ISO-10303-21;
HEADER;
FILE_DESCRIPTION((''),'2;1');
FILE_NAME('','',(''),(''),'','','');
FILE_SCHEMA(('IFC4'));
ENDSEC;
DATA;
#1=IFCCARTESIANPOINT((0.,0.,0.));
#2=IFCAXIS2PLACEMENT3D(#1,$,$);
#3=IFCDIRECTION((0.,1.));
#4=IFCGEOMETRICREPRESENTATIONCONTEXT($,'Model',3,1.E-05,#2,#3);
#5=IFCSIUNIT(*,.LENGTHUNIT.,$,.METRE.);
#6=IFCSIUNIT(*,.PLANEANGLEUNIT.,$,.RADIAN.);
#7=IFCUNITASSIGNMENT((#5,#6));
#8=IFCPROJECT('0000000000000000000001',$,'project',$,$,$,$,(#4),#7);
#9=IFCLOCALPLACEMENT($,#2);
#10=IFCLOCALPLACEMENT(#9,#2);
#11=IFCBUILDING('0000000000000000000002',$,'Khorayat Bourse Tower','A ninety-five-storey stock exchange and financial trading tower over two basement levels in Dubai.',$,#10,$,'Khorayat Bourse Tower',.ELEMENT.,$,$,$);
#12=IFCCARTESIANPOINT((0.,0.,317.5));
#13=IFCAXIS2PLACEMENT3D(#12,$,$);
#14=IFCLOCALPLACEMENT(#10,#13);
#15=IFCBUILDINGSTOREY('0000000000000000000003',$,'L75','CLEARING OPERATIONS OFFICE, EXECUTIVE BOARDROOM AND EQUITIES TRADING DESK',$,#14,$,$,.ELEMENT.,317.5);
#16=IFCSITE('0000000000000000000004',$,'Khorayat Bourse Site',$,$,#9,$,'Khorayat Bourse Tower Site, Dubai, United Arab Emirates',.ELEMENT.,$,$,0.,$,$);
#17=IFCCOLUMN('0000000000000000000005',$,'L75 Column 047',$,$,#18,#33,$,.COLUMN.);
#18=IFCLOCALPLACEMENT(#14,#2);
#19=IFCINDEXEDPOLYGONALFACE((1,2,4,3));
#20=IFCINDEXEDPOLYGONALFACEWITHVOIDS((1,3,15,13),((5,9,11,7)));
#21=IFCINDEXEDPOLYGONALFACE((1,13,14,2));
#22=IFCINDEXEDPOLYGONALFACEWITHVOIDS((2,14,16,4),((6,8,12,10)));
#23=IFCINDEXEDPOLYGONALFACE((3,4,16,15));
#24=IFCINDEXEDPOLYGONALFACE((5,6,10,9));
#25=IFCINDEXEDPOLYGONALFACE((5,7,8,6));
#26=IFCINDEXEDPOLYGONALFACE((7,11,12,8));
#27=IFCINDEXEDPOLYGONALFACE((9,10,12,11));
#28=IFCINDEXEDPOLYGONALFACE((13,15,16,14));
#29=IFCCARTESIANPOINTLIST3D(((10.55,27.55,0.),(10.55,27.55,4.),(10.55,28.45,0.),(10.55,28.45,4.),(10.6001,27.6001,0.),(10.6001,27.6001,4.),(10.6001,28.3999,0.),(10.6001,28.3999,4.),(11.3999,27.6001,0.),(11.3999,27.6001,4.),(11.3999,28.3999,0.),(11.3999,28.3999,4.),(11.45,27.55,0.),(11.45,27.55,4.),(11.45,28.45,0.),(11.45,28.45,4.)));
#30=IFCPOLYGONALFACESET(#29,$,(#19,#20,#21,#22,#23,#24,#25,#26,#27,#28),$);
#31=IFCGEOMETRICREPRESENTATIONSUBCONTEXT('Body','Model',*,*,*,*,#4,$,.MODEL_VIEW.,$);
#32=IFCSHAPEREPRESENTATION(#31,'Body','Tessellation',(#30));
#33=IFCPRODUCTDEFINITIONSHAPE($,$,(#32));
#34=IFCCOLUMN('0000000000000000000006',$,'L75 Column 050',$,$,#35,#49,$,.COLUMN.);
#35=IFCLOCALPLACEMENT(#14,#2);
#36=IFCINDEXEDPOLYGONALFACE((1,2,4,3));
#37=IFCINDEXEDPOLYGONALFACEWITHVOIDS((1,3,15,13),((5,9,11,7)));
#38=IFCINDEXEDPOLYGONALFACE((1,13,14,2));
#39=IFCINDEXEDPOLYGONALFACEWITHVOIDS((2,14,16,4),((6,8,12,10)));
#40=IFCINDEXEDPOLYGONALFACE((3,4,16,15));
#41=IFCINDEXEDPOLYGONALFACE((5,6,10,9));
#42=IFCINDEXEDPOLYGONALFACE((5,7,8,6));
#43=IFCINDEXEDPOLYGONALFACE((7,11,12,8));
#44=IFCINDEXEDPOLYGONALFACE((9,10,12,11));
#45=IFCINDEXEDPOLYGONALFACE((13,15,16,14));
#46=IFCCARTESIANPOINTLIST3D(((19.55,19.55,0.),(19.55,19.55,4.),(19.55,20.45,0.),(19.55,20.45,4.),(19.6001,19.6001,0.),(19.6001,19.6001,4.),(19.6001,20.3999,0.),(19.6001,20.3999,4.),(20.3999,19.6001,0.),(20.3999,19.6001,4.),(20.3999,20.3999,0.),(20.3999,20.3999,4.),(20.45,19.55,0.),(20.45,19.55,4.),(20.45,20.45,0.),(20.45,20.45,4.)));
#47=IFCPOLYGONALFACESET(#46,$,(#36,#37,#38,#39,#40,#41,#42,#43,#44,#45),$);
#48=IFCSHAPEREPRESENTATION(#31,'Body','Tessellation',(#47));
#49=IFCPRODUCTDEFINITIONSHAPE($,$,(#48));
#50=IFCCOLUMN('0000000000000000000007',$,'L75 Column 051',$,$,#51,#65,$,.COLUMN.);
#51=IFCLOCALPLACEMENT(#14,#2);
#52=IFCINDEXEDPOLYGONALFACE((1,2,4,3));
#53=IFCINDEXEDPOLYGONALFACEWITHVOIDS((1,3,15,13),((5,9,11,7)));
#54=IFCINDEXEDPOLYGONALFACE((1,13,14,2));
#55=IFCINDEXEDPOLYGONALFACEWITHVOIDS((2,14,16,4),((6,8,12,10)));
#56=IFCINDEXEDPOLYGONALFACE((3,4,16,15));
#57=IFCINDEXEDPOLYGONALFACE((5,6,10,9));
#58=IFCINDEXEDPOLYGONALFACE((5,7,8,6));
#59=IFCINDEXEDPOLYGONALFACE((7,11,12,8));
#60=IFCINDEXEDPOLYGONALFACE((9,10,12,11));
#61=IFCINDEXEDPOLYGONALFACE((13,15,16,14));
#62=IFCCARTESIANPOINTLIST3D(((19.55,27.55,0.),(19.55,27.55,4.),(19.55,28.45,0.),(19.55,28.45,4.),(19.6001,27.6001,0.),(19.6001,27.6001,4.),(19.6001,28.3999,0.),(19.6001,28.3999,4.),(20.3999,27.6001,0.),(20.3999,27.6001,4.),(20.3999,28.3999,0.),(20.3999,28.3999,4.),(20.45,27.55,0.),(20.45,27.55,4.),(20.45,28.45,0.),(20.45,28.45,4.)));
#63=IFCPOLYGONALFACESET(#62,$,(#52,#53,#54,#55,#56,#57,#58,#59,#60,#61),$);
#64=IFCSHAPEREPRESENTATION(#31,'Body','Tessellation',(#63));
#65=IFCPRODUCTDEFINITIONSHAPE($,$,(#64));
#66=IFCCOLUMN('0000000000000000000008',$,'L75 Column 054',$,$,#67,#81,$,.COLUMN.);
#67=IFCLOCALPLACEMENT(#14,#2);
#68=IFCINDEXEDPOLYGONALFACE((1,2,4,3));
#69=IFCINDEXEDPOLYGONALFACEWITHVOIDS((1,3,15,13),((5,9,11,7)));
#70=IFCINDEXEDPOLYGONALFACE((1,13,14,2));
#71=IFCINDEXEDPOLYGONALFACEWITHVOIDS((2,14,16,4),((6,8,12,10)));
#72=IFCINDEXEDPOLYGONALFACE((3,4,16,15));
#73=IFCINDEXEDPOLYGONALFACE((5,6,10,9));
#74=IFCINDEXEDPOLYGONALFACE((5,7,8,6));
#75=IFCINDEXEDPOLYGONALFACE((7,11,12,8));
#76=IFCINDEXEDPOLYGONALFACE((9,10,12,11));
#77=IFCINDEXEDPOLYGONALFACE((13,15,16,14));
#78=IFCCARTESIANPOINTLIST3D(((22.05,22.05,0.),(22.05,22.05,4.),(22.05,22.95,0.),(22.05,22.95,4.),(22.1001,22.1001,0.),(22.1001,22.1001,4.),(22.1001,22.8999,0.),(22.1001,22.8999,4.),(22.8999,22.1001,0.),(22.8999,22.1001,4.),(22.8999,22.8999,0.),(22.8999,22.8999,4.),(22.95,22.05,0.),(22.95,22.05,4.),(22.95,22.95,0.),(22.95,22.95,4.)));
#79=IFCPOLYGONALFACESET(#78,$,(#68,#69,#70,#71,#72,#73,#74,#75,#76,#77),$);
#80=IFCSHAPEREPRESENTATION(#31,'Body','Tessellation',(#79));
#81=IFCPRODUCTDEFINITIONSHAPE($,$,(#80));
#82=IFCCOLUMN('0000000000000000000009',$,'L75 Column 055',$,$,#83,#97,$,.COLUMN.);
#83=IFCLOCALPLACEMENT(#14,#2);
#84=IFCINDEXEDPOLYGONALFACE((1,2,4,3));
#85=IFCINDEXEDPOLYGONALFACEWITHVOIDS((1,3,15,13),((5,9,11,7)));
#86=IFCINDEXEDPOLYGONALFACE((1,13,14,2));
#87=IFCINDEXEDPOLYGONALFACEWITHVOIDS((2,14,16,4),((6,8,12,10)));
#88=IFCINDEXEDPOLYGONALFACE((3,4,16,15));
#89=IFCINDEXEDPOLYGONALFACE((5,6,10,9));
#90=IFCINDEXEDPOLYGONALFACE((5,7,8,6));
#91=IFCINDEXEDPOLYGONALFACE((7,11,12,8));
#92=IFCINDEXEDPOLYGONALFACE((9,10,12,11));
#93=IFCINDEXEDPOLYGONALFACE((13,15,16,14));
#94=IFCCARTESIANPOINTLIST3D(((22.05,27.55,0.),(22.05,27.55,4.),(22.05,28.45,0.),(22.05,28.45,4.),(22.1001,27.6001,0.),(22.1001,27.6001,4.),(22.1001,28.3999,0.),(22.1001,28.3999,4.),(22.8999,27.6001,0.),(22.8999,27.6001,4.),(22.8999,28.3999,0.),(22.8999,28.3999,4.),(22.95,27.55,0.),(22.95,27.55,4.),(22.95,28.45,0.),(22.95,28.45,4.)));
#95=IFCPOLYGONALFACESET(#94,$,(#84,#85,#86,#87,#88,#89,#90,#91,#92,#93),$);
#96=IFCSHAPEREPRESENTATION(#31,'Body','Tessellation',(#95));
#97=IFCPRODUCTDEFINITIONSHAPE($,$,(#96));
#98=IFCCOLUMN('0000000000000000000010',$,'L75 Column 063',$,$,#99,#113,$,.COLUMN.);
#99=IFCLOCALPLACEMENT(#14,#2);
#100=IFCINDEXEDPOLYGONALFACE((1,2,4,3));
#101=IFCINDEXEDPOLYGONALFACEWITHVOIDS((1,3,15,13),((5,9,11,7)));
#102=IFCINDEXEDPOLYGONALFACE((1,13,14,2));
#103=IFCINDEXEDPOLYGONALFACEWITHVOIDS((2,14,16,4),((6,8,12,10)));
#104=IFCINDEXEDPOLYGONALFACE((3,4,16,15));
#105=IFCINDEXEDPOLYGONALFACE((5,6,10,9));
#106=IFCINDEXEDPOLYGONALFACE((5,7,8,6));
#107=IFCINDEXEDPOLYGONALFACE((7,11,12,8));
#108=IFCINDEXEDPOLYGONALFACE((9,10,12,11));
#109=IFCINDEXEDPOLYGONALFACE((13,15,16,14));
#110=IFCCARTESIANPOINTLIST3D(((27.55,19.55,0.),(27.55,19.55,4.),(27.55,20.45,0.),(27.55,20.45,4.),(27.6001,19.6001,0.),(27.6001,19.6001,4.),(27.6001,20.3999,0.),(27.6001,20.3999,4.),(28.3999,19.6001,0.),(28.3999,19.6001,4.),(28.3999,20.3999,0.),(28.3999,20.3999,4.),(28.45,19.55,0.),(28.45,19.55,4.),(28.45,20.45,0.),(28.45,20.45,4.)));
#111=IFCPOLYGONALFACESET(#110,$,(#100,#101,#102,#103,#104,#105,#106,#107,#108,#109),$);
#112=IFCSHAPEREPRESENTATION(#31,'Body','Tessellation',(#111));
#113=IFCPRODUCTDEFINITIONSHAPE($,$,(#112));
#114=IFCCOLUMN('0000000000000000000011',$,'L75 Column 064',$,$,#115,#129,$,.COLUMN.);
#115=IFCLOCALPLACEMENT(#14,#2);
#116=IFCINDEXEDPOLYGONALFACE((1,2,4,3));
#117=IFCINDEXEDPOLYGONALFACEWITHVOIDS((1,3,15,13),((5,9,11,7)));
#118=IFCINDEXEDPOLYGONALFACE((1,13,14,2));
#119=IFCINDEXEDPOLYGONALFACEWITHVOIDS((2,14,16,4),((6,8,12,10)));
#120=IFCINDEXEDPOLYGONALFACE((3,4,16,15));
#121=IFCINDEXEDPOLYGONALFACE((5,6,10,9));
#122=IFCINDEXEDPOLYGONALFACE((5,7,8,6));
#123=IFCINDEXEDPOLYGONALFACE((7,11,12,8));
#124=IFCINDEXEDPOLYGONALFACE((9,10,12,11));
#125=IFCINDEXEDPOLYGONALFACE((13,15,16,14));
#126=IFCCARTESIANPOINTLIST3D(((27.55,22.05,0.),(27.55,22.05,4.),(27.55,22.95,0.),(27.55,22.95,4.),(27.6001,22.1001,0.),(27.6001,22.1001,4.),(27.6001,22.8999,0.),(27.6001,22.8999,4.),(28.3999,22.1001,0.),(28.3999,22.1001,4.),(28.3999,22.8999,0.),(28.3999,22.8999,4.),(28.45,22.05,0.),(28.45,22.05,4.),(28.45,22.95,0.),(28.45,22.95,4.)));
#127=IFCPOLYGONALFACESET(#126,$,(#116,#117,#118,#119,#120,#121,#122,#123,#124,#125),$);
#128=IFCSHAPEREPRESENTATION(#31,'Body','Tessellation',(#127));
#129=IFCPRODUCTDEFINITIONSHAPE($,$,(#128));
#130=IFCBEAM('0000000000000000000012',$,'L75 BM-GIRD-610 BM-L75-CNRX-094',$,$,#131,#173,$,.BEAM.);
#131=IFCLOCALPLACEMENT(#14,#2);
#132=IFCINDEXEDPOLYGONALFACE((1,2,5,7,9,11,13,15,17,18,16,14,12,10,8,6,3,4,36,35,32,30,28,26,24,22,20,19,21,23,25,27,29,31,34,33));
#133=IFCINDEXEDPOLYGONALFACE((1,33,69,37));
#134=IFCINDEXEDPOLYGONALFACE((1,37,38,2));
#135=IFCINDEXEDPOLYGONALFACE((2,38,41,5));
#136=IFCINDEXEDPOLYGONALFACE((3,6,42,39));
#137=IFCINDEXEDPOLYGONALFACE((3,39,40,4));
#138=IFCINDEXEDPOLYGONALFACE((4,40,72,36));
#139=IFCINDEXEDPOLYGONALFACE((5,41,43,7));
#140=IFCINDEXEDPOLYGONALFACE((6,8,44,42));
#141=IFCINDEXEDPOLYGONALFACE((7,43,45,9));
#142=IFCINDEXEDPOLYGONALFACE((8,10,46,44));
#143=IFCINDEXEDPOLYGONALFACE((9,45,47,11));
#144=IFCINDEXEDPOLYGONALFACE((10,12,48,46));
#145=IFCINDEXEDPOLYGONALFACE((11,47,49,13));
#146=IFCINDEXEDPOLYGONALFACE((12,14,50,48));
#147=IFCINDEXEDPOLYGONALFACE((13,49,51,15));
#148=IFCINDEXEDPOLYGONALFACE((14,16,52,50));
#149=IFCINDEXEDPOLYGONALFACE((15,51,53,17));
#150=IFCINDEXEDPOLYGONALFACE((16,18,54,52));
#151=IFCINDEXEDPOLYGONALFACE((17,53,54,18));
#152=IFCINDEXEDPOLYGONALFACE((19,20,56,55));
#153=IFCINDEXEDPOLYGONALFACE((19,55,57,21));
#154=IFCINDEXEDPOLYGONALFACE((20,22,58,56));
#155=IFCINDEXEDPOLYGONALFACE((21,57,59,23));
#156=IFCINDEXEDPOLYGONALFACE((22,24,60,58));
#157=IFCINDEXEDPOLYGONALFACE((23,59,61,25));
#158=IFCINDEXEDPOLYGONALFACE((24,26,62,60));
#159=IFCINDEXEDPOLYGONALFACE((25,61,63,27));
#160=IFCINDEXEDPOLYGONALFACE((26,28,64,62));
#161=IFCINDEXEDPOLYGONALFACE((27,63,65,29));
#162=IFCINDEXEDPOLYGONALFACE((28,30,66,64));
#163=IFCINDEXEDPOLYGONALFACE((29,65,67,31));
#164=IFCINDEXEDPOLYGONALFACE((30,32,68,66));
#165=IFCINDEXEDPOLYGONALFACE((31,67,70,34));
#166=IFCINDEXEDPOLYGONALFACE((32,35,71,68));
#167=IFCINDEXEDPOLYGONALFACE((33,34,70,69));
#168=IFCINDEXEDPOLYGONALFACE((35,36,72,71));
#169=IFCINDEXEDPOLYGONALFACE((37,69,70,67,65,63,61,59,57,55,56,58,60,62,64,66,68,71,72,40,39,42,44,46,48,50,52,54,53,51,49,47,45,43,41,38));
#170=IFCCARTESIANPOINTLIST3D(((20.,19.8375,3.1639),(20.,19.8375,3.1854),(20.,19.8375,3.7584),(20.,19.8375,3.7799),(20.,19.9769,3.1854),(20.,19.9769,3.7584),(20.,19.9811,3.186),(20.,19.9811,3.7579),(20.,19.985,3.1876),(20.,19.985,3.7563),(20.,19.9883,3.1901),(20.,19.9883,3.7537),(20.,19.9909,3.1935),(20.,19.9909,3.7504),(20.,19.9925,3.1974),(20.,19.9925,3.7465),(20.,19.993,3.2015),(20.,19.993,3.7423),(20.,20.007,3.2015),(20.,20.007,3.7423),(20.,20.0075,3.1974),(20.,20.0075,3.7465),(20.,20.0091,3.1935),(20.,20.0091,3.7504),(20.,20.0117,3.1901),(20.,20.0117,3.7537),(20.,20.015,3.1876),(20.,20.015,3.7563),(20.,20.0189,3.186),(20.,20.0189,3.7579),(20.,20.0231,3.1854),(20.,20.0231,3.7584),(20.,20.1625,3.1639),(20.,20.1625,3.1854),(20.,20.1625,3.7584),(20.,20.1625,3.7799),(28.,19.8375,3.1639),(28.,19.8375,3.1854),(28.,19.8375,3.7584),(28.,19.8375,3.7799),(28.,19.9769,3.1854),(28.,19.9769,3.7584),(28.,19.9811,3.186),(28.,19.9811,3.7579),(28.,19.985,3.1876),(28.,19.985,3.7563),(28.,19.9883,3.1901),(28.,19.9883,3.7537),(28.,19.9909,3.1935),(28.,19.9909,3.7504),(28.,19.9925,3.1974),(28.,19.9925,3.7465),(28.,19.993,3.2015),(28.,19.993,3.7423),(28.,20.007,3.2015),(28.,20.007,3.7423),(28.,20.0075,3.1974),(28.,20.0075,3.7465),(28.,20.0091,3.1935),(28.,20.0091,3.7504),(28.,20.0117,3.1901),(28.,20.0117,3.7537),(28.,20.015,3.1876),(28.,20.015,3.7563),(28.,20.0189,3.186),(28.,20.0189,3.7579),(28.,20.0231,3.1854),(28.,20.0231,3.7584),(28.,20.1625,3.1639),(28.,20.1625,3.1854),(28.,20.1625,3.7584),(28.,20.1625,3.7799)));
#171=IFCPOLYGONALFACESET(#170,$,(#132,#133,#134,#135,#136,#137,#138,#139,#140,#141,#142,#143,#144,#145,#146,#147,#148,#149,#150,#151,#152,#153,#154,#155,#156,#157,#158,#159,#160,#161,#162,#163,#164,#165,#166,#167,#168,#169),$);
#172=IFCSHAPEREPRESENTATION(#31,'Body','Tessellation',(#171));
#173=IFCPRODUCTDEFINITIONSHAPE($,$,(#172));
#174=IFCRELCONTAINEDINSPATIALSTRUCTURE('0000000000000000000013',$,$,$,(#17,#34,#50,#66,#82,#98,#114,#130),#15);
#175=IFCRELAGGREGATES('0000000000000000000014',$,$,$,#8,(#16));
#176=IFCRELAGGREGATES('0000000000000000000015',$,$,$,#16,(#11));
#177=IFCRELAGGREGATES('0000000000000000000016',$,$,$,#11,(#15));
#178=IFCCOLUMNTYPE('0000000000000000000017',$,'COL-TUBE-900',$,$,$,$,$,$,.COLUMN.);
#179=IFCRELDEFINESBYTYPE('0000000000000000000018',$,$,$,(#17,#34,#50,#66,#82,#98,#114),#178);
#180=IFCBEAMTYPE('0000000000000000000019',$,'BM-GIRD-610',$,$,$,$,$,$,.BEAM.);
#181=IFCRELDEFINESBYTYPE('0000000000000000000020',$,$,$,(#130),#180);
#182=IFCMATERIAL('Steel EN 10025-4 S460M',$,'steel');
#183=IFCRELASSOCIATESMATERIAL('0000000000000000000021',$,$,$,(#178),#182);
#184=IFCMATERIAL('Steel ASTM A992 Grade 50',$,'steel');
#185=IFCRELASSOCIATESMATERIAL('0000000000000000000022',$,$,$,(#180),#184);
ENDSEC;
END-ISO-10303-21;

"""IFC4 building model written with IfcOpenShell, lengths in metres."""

from ifc_helpers import new_model, si_unit, direction, frame, origin, origin_2d, place, context, subcontext, project, spatial, hollow_rectangle, i_section, extrude, source, transform, mapped, material, material_profile, profile_set, type_object, element, save


model = new_model("IFC4")

# Units and contexts
model_context = context("Model", 3, precision=1e-05, world=origin(), true_north=direction((0.0, 1.0)))
body_context = subcontext(model_context, "Body", "Model", "MODEL_VIEW")
ifc_project = project(units=[si_unit("LENGTHUNIT", "METRE"), si_unit("PLANEANGLEUNIT", "RADIAN")], contexts=[model_context])

# Site, building, storey
site_placement = place(None, origin())
site = spatial("IfcSite", under=ifc_project, at=site_placement, Name="Khorayat Bourse Site", LongName="Khorayat Bourse Tower Site, Dubai, United Arab Emirates", CompositionType="ELEMENT", RefElevation=0.0)
building_placement = place(site_placement, origin())
building = spatial("IfcBuilding", under=site, at=building_placement, Name="Khorayat Bourse Tower", Description="A ninety-five-storey stock exchange and financial trading tower over two basement levels in Dubai.", LongName="Khorayat Bourse Tower", CompositionType="ELEMENT")
storey_placement = place(building_placement, frame((0.0, 0.0, 317.5)))
storey = spatial("IfcBuildingStorey", under=building, at=storey_placement, Name="L75", Description="CLEARING OPERATIONS OFFICE, EXECUTIVE BOARDROOM AND EQUITIES TRADING DESK", CompositionType="ELEMENT", Elevation=317.5)

# Columns
ifc_material_1 = material(Name="Steel EN 10025-4 S460M", Category="steel")
ifc_material_profile_1 = material_profile(ifc_material_1, hollow_rectangle(XDim=0.8999, YDim=0.8999, WallThickness=0.05, at=origin_2d()), Name="BOX 900x900x50")
ifc_profile_set_1 = profile_set([ifc_material_profile_1], Name="Steel EN 10025-4 S460M")
column_type = type_object("IfcColumnType", Name="COL-TUBE-900", PredefinedType="COLUMN", material=ifc_profile_set_1)
shared_shape_1 = source(origin(), body_context, "Body", "SweptSolid", [
    extrude(hollow_rectangle(XDim=0.8999, YDim=0.8999, WallThickness=0.05, at=origin_2d()), origin(), (0.0, 0.0, 1.0), 4.0),
])
for number, where, z_axis, x_axis, name in (
    (1, (11.0, 28.0, 0.0), (0.0, 0.0, 1.0), (1.0, 0.0, 0.0), "L75 Column 047"),
    (2, (20.0, 20.0, 0.0), (0.0, 0.0, 1.0), (1.0, 0.0, 0.0), "L75 Column 050"),
    (3, (20.0, 28.0, 0.0), (0.0, 0.0, 1.0), (1.0, 0.0, 0.0), "L75 Column 051"),
    (4, (22.5, 22.5, 0.0), (0.0, 0.0, 1.0), (1.0, 0.0, 0.0), "L75 Column 054"),
    (5, (22.5, 28.0, 0.0), (0.0, 0.0, 1.0), (1.0, 0.0, 0.0), "L75 Column 055"),
    (6, (28.0, 20.0, 0.0), (0.0, 0.0, 1.0), (1.0, 0.0, 0.0), "L75 Column 063"),
    (7, (28.0, 22.5, 0.0), (0.0, 0.0, 1.0), (1.0, 0.0, 0.0), "L75 Column 064"),
):
    element("IfcColumn", number, at=place(storey_placement, frame(where, z_axis=z_axis, x_axis=x_axis)), inside=storey, type_object=column_type, Name=name, PredefinedType="COLUMN", context=body_context, shape_type="MappedRepresentation", body=[
        mapped(shared_shape_1, transform((0.0, 0.0, 0.0), scale=1.0)),
    ])

# Beam
ifc_material_2 = material(Name="Steel ASTM A992 Grade 50", Category="steel")
ifc_material_profile_2 = material_profile(ifc_material_2, i_section(OverallWidth=0.325, OverallDepth=0.616, WebThickness=0.0139, FlangeThickness=0.0215, FilletRadius=0.0161, at=origin_2d()), Name="W610X174")
ifc_profile_set_2 = profile_set([ifc_material_profile_2], Name="Steel ASTM A992 Grade 50")
beam_type_1 = type_object("IfcBeamType", Name="BM-GIRD-610", PredefinedType="BEAM", material=ifc_profile_set_2)
shared_shape_2 = source(origin(), body_context, "Body", "SweptSolid", [
    extrude(i_section(OverallWidth=0.325, OverallDepth=0.616, WebThickness=0.0139, FlangeThickness=0.0215, FilletRadius=0.0161, at=origin_2d()), origin(), (0.0, 0.0, 1.0), 8.0),
])
beam_1_placement = place(storey_placement, frame((20.0, 20.0, 3.4719), z_axis=(1.0, 0.0, 0.0), x_axis=(0.0, 1.0, 0.0)))
element("IfcBeam", 8, at=beam_1_placement, inside=storey, type_object=beam_type_1, Name="L75 BM-GIRD-610 BM-L75-CNRX-094", PredefinedType="BEAM", context=body_context, shape_type="MappedRepresentation", body=[
    mapped(shared_shape_2, transform((0.0, 0.0, 0.0), scale=1.0)),
])

save(model, "model.ifc")
